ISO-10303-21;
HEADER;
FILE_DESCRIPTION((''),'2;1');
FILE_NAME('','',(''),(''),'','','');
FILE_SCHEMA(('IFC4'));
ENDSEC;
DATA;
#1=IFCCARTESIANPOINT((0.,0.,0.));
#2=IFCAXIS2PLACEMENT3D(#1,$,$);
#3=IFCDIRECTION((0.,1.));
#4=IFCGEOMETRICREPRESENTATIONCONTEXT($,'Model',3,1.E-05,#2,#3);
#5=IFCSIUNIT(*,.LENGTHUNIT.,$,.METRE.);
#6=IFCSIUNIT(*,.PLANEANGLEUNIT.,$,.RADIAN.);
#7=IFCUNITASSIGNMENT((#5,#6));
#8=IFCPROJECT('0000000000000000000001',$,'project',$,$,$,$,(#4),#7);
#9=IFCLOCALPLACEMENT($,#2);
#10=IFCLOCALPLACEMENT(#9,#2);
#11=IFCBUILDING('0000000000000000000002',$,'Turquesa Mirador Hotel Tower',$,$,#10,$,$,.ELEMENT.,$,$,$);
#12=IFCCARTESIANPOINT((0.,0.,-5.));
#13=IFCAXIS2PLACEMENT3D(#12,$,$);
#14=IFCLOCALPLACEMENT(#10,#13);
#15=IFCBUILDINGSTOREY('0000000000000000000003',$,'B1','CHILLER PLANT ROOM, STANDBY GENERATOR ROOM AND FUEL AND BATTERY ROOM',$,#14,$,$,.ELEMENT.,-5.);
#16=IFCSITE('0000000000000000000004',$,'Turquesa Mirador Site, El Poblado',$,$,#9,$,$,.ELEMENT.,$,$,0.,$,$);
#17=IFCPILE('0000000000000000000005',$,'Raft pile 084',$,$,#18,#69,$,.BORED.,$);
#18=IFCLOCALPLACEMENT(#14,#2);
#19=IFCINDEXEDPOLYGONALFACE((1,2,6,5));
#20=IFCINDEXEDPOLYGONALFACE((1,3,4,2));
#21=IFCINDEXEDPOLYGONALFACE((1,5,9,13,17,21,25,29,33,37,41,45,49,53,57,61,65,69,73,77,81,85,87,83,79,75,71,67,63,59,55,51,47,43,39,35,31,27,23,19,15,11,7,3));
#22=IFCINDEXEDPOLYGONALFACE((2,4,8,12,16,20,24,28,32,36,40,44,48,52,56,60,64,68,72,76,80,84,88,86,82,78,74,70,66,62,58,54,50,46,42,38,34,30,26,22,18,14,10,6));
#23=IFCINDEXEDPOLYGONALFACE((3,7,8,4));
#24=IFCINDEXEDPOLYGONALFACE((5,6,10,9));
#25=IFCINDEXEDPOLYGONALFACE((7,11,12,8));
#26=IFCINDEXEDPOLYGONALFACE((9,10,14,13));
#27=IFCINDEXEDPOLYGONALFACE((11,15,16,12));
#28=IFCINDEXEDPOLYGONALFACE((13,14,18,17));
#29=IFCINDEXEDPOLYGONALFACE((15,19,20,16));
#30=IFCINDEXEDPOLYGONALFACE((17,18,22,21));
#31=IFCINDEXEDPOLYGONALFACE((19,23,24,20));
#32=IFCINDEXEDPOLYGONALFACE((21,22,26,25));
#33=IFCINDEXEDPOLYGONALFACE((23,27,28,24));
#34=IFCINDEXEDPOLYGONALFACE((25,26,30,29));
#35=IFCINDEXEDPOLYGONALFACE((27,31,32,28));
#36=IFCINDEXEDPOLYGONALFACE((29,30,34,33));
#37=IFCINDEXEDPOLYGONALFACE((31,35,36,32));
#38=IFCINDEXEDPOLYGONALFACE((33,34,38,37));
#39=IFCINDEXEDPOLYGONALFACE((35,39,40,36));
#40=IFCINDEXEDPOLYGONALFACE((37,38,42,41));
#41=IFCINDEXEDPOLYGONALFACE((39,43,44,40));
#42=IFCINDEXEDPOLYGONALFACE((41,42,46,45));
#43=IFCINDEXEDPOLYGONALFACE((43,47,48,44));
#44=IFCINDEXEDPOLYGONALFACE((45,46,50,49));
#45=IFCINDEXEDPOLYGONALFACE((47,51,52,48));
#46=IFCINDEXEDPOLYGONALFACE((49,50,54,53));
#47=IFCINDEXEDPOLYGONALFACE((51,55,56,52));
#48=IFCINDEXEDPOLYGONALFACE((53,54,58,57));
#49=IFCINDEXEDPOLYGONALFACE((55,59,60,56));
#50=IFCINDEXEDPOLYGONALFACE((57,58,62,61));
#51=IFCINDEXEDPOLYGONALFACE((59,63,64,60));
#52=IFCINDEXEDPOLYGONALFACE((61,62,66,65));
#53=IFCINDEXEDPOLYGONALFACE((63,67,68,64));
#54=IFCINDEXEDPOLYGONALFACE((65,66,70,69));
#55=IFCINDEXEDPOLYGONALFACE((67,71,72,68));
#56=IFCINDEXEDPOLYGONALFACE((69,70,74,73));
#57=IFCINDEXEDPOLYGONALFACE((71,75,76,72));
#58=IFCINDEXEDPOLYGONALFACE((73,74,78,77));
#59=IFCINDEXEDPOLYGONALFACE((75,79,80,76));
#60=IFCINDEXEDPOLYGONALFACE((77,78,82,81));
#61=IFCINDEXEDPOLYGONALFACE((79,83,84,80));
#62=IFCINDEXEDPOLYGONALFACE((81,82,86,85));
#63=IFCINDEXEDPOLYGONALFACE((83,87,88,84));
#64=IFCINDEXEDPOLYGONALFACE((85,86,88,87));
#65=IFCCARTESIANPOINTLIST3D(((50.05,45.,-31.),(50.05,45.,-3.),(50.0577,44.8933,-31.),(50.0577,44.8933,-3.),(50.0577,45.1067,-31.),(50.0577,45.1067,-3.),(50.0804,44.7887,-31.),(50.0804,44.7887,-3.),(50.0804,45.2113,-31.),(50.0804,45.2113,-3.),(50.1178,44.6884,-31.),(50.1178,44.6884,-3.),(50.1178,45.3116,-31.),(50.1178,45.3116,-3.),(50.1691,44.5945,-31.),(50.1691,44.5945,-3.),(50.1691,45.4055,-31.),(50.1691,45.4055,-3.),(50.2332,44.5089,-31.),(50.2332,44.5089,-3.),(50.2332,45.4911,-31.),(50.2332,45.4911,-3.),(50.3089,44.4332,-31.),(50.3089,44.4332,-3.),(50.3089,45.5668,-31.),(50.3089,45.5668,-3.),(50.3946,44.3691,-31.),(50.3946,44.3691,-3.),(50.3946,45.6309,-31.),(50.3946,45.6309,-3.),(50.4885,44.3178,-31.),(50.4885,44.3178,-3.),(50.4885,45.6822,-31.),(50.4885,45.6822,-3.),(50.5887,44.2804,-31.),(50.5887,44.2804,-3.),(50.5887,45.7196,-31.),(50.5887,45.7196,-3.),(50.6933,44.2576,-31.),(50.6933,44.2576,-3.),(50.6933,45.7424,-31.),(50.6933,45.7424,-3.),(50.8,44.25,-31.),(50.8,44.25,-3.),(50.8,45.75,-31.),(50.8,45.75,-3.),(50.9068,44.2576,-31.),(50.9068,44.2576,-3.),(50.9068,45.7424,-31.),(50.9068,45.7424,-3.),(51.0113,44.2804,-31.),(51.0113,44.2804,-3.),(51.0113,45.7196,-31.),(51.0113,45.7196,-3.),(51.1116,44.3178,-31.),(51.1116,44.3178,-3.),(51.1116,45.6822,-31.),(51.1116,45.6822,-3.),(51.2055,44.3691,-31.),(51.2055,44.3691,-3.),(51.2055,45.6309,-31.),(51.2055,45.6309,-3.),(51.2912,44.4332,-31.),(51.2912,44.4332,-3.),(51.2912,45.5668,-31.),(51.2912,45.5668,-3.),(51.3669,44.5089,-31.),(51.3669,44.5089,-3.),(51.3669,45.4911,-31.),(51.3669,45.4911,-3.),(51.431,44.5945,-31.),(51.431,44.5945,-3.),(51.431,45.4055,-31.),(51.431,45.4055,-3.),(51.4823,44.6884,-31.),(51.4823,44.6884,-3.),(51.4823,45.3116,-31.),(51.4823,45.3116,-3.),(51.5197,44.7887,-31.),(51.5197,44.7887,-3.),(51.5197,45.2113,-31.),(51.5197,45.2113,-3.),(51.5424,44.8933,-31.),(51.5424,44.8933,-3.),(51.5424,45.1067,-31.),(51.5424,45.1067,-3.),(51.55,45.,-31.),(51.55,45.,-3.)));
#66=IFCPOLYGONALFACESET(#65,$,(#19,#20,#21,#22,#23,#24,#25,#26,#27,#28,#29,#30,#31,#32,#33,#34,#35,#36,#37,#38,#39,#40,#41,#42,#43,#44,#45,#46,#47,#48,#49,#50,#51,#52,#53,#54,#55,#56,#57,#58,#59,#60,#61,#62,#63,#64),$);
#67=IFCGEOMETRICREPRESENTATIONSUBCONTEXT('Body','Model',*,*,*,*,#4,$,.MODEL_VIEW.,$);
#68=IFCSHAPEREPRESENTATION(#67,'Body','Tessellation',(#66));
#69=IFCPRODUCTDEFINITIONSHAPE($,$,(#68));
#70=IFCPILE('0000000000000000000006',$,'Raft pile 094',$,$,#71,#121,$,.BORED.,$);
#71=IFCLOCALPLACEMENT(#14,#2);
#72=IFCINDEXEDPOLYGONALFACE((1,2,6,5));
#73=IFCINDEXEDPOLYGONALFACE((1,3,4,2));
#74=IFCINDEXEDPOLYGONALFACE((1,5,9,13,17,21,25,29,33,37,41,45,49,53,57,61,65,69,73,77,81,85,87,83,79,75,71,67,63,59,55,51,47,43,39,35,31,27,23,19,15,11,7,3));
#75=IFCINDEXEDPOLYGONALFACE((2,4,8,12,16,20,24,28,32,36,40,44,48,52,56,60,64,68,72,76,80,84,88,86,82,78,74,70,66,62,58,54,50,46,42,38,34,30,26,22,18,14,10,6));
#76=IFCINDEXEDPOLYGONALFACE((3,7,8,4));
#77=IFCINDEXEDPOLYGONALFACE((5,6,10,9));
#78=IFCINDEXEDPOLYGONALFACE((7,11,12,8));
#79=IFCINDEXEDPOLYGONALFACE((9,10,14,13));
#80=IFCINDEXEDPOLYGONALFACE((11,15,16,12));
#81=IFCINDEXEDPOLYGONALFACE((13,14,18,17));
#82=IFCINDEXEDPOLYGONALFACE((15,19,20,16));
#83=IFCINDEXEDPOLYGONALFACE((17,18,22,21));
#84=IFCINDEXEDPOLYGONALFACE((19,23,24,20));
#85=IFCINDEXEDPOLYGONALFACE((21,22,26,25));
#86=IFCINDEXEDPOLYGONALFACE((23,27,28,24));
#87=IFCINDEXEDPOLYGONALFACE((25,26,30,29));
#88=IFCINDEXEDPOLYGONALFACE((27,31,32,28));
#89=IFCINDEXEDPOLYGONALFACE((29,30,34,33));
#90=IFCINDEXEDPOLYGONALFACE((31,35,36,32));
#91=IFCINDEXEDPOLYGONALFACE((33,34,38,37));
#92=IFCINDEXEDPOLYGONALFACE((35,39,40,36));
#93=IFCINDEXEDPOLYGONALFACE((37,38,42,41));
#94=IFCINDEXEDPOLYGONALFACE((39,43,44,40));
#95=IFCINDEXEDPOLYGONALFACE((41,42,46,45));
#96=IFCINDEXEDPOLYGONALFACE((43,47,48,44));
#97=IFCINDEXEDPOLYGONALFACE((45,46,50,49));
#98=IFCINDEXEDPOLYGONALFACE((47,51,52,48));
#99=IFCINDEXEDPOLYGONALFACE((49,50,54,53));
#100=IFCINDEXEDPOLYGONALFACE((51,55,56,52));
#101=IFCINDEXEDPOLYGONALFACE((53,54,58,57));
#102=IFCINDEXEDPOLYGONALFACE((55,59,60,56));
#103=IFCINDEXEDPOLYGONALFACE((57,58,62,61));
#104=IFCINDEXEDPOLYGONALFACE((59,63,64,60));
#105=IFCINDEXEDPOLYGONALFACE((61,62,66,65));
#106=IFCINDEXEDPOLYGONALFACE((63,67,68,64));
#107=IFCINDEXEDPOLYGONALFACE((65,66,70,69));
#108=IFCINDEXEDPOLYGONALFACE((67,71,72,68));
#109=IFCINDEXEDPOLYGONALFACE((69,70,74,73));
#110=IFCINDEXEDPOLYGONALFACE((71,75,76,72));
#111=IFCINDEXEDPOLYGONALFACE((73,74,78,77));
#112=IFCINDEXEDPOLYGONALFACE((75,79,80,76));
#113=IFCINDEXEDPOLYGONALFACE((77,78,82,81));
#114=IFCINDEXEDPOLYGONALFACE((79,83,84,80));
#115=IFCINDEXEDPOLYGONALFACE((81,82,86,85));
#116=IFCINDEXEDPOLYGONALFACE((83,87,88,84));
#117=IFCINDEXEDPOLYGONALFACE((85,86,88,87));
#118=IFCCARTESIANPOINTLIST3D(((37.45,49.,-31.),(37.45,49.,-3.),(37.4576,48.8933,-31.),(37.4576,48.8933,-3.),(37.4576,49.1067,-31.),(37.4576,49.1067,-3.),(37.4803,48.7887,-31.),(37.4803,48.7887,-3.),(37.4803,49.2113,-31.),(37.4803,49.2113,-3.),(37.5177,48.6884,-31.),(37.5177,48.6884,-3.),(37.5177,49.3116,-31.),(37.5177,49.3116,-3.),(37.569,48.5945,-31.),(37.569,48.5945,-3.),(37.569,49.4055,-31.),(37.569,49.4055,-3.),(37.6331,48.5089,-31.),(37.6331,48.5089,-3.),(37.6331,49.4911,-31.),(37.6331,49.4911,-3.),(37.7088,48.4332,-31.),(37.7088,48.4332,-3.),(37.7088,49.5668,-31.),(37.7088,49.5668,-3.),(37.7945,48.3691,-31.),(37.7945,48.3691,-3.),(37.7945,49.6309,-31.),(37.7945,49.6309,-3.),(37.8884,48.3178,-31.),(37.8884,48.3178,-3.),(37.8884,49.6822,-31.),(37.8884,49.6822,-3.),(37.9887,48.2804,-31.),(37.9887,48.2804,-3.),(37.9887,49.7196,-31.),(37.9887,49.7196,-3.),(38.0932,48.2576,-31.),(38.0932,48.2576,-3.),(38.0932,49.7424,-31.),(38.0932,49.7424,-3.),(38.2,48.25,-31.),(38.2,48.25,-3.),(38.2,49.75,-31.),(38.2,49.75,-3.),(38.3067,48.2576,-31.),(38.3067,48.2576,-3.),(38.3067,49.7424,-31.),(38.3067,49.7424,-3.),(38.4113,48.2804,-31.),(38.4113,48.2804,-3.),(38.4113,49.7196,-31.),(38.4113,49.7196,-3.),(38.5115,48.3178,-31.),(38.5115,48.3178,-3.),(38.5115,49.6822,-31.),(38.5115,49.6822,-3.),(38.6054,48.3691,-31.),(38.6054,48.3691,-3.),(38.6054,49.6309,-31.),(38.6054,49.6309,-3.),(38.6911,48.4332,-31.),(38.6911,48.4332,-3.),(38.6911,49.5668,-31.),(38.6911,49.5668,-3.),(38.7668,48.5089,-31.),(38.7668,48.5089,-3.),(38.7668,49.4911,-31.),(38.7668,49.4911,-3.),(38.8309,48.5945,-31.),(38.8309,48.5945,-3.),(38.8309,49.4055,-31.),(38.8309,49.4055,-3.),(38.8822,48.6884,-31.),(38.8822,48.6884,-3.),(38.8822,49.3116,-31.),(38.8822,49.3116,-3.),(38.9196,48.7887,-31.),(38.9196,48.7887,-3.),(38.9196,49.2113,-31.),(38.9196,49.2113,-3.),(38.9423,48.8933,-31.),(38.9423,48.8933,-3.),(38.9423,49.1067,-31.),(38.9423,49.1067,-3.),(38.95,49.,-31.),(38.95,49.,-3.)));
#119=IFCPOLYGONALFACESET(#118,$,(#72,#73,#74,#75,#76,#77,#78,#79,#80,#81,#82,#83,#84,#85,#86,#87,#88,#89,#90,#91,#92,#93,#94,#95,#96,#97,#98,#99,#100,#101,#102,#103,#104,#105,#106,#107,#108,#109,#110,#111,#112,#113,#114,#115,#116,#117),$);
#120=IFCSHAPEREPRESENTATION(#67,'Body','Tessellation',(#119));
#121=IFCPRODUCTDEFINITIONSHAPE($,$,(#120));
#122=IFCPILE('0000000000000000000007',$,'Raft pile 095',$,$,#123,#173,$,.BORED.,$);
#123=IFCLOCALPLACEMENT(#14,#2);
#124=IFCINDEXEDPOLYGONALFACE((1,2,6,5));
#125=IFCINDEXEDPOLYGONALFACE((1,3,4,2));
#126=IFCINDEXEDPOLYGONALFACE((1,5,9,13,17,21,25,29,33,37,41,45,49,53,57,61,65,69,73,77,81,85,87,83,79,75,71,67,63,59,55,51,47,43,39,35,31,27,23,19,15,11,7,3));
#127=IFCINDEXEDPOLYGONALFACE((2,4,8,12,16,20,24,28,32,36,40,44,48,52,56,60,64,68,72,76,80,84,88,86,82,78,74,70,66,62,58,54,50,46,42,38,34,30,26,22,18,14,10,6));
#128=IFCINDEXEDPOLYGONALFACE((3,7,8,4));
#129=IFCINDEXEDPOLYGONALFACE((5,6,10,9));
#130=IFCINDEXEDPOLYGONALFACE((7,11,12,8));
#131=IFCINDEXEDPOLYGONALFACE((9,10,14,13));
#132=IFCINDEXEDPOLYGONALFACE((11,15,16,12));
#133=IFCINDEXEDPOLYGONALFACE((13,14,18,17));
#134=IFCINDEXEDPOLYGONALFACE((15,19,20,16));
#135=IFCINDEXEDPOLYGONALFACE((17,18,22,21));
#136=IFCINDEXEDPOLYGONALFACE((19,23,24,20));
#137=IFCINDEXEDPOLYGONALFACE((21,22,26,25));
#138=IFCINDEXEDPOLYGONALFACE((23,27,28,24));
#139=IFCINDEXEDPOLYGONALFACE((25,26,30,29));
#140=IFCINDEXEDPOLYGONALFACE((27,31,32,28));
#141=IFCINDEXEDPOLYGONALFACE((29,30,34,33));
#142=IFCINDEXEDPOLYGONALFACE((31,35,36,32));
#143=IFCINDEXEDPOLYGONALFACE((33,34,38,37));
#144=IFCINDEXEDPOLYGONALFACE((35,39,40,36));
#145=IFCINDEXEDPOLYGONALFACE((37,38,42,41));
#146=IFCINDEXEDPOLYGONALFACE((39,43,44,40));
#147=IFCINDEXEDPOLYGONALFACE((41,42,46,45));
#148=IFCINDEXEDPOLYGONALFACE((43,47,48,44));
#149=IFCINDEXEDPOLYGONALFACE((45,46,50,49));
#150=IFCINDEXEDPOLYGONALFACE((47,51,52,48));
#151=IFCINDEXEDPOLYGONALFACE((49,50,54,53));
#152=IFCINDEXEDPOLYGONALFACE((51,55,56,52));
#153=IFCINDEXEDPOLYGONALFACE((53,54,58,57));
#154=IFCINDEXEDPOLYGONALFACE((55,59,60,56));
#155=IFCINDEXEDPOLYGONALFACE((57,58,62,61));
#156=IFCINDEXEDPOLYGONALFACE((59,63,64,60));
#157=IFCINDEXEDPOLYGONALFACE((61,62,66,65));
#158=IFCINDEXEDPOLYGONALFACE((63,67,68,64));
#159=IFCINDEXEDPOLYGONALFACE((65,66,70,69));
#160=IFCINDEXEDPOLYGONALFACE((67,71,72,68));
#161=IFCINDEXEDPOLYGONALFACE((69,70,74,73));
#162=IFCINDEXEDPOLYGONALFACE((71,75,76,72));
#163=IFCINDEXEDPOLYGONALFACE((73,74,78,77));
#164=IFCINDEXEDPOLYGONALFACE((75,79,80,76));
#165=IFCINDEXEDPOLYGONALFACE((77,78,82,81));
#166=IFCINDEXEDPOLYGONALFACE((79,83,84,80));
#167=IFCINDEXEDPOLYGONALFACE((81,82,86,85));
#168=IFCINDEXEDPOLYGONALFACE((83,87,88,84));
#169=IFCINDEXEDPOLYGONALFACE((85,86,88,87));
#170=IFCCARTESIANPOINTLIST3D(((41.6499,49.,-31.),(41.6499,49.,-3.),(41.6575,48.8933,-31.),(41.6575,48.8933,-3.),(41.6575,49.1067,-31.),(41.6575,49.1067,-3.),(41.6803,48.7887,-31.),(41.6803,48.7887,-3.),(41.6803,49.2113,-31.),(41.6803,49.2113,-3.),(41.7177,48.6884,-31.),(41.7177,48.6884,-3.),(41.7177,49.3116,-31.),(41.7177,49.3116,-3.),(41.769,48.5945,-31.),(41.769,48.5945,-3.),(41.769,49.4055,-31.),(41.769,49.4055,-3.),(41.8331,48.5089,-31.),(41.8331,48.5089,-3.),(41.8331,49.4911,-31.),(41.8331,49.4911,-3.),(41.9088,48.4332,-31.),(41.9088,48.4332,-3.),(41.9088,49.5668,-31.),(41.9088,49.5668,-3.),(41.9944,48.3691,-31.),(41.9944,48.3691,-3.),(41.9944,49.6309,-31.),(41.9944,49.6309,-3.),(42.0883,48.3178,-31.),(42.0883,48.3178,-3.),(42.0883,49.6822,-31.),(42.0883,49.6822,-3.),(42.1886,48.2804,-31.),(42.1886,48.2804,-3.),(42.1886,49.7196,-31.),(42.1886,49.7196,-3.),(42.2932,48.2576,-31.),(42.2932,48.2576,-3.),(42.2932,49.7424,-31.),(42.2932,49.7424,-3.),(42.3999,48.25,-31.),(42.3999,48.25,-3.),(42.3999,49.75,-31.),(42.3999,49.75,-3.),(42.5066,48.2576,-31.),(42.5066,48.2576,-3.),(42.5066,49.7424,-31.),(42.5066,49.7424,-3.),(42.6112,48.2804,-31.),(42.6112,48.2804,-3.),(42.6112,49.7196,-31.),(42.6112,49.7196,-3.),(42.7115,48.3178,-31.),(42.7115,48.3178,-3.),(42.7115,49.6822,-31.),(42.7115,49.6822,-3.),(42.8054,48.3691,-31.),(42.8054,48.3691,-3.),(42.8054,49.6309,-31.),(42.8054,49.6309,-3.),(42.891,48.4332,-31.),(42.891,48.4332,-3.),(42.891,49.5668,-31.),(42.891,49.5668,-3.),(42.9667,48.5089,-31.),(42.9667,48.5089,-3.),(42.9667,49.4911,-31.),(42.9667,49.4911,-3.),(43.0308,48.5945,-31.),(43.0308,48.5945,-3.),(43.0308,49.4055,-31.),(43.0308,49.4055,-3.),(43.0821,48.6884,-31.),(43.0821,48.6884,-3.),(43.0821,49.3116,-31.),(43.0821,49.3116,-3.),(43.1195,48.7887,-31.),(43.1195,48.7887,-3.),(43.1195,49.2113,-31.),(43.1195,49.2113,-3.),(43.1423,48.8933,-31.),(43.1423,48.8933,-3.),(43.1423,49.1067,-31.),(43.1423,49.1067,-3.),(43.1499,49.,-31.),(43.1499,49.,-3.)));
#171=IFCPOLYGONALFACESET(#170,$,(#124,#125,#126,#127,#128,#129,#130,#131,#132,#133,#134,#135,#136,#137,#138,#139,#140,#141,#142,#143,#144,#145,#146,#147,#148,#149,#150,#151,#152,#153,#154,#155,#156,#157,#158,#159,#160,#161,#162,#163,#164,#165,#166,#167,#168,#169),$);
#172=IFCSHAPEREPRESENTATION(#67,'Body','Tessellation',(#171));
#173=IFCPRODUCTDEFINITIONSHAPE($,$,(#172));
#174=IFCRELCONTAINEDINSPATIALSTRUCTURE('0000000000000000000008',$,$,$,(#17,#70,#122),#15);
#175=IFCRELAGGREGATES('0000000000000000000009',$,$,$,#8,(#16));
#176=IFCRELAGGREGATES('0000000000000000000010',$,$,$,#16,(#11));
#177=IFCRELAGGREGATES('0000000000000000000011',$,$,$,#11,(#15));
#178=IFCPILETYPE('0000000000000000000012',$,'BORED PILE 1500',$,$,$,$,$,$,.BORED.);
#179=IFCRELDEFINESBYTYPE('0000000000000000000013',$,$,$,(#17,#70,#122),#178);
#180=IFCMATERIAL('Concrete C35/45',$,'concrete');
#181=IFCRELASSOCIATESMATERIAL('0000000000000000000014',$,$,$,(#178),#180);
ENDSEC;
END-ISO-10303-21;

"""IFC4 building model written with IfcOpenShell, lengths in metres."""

from ifc_helpers import new_model, si_unit, direction, frame, origin, origin_2d, place, context, subcontext, project, spatial, circle, extrude, material, type_object, element, save


model = new_model("IFC4")

# Units and contexts
model_context = context("Model", 3, precision=1e-05, world=origin(), true_north=direction((0.0, 1.0)))
body_context = subcontext(model_context, "Body", "Model", "MODEL_VIEW")
ifc_project = project(units=[si_unit("LENGTHUNIT", "METRE"), si_unit("PLANEANGLEUNIT", "RADIAN")], contexts=[model_context])

# Site, building, storey
site_placement = place(None, origin())
site = spatial("IfcSite", under=ifc_project, at=site_placement, Name="Turquesa Mirador Site, El Poblado", CompositionType="ELEMENT", RefElevation=0.0)
building_placement = place(site_placement, origin())
building = spatial("IfcBuilding", under=site, at=building_placement, Name="Turquesa Mirador Hotel Tower", CompositionType="ELEMENT")
storey_placement = place(building_placement, frame((0.0, 0.0, -5.0)))
storey = spatial("IfcBuildingStorey", under=building, at=storey_placement, Name="B1", Description="CHILLER PLANT ROOM, STANDBY GENERATOR ROOM AND FUEL AND BATTERY ROOM", CompositionType="ELEMENT", Elevation=-5.0)

# Piles
ifc_material_1 = material(Name="Concrete C35/45", Category="concrete")
pile_type = type_object("IfcPileType", Name="BORED PILE 1500", PredefinedType="BORED", material=ifc_material_1)
for number, where, z_axis, x_axis, name in (
    (1, (50.8, 45.0, -3.0), (0.0, 0.0, -1.0), (1.0, 0.0, 0.0), "Raft pile 084"),
    (2, (38.2, 49.0, -3.0), (0.0, 0.0, -1.0), (1.0, 0.0, 0.0), "Raft pile 094"),
    (3, (42.3999, 49.0, -3.0), (0.0, 0.0, -1.0), (1.0, 0.0, 0.0), "Raft pile 095"),
):
    element("IfcPile", number, at=place(storey_placement, frame(where, z_axis=z_axis, x_axis=x_axis)), inside=storey, type_object=pile_type, Name=name, PredefinedType="BORED", context=body_context, shape_type="SweptSolid", body=[
        extrude(circle(Radius=0.75, at=origin_2d()), origin(), (0.0, 0.0, 1.0), 28.0),
    ])

save(model, "model.ifc")
